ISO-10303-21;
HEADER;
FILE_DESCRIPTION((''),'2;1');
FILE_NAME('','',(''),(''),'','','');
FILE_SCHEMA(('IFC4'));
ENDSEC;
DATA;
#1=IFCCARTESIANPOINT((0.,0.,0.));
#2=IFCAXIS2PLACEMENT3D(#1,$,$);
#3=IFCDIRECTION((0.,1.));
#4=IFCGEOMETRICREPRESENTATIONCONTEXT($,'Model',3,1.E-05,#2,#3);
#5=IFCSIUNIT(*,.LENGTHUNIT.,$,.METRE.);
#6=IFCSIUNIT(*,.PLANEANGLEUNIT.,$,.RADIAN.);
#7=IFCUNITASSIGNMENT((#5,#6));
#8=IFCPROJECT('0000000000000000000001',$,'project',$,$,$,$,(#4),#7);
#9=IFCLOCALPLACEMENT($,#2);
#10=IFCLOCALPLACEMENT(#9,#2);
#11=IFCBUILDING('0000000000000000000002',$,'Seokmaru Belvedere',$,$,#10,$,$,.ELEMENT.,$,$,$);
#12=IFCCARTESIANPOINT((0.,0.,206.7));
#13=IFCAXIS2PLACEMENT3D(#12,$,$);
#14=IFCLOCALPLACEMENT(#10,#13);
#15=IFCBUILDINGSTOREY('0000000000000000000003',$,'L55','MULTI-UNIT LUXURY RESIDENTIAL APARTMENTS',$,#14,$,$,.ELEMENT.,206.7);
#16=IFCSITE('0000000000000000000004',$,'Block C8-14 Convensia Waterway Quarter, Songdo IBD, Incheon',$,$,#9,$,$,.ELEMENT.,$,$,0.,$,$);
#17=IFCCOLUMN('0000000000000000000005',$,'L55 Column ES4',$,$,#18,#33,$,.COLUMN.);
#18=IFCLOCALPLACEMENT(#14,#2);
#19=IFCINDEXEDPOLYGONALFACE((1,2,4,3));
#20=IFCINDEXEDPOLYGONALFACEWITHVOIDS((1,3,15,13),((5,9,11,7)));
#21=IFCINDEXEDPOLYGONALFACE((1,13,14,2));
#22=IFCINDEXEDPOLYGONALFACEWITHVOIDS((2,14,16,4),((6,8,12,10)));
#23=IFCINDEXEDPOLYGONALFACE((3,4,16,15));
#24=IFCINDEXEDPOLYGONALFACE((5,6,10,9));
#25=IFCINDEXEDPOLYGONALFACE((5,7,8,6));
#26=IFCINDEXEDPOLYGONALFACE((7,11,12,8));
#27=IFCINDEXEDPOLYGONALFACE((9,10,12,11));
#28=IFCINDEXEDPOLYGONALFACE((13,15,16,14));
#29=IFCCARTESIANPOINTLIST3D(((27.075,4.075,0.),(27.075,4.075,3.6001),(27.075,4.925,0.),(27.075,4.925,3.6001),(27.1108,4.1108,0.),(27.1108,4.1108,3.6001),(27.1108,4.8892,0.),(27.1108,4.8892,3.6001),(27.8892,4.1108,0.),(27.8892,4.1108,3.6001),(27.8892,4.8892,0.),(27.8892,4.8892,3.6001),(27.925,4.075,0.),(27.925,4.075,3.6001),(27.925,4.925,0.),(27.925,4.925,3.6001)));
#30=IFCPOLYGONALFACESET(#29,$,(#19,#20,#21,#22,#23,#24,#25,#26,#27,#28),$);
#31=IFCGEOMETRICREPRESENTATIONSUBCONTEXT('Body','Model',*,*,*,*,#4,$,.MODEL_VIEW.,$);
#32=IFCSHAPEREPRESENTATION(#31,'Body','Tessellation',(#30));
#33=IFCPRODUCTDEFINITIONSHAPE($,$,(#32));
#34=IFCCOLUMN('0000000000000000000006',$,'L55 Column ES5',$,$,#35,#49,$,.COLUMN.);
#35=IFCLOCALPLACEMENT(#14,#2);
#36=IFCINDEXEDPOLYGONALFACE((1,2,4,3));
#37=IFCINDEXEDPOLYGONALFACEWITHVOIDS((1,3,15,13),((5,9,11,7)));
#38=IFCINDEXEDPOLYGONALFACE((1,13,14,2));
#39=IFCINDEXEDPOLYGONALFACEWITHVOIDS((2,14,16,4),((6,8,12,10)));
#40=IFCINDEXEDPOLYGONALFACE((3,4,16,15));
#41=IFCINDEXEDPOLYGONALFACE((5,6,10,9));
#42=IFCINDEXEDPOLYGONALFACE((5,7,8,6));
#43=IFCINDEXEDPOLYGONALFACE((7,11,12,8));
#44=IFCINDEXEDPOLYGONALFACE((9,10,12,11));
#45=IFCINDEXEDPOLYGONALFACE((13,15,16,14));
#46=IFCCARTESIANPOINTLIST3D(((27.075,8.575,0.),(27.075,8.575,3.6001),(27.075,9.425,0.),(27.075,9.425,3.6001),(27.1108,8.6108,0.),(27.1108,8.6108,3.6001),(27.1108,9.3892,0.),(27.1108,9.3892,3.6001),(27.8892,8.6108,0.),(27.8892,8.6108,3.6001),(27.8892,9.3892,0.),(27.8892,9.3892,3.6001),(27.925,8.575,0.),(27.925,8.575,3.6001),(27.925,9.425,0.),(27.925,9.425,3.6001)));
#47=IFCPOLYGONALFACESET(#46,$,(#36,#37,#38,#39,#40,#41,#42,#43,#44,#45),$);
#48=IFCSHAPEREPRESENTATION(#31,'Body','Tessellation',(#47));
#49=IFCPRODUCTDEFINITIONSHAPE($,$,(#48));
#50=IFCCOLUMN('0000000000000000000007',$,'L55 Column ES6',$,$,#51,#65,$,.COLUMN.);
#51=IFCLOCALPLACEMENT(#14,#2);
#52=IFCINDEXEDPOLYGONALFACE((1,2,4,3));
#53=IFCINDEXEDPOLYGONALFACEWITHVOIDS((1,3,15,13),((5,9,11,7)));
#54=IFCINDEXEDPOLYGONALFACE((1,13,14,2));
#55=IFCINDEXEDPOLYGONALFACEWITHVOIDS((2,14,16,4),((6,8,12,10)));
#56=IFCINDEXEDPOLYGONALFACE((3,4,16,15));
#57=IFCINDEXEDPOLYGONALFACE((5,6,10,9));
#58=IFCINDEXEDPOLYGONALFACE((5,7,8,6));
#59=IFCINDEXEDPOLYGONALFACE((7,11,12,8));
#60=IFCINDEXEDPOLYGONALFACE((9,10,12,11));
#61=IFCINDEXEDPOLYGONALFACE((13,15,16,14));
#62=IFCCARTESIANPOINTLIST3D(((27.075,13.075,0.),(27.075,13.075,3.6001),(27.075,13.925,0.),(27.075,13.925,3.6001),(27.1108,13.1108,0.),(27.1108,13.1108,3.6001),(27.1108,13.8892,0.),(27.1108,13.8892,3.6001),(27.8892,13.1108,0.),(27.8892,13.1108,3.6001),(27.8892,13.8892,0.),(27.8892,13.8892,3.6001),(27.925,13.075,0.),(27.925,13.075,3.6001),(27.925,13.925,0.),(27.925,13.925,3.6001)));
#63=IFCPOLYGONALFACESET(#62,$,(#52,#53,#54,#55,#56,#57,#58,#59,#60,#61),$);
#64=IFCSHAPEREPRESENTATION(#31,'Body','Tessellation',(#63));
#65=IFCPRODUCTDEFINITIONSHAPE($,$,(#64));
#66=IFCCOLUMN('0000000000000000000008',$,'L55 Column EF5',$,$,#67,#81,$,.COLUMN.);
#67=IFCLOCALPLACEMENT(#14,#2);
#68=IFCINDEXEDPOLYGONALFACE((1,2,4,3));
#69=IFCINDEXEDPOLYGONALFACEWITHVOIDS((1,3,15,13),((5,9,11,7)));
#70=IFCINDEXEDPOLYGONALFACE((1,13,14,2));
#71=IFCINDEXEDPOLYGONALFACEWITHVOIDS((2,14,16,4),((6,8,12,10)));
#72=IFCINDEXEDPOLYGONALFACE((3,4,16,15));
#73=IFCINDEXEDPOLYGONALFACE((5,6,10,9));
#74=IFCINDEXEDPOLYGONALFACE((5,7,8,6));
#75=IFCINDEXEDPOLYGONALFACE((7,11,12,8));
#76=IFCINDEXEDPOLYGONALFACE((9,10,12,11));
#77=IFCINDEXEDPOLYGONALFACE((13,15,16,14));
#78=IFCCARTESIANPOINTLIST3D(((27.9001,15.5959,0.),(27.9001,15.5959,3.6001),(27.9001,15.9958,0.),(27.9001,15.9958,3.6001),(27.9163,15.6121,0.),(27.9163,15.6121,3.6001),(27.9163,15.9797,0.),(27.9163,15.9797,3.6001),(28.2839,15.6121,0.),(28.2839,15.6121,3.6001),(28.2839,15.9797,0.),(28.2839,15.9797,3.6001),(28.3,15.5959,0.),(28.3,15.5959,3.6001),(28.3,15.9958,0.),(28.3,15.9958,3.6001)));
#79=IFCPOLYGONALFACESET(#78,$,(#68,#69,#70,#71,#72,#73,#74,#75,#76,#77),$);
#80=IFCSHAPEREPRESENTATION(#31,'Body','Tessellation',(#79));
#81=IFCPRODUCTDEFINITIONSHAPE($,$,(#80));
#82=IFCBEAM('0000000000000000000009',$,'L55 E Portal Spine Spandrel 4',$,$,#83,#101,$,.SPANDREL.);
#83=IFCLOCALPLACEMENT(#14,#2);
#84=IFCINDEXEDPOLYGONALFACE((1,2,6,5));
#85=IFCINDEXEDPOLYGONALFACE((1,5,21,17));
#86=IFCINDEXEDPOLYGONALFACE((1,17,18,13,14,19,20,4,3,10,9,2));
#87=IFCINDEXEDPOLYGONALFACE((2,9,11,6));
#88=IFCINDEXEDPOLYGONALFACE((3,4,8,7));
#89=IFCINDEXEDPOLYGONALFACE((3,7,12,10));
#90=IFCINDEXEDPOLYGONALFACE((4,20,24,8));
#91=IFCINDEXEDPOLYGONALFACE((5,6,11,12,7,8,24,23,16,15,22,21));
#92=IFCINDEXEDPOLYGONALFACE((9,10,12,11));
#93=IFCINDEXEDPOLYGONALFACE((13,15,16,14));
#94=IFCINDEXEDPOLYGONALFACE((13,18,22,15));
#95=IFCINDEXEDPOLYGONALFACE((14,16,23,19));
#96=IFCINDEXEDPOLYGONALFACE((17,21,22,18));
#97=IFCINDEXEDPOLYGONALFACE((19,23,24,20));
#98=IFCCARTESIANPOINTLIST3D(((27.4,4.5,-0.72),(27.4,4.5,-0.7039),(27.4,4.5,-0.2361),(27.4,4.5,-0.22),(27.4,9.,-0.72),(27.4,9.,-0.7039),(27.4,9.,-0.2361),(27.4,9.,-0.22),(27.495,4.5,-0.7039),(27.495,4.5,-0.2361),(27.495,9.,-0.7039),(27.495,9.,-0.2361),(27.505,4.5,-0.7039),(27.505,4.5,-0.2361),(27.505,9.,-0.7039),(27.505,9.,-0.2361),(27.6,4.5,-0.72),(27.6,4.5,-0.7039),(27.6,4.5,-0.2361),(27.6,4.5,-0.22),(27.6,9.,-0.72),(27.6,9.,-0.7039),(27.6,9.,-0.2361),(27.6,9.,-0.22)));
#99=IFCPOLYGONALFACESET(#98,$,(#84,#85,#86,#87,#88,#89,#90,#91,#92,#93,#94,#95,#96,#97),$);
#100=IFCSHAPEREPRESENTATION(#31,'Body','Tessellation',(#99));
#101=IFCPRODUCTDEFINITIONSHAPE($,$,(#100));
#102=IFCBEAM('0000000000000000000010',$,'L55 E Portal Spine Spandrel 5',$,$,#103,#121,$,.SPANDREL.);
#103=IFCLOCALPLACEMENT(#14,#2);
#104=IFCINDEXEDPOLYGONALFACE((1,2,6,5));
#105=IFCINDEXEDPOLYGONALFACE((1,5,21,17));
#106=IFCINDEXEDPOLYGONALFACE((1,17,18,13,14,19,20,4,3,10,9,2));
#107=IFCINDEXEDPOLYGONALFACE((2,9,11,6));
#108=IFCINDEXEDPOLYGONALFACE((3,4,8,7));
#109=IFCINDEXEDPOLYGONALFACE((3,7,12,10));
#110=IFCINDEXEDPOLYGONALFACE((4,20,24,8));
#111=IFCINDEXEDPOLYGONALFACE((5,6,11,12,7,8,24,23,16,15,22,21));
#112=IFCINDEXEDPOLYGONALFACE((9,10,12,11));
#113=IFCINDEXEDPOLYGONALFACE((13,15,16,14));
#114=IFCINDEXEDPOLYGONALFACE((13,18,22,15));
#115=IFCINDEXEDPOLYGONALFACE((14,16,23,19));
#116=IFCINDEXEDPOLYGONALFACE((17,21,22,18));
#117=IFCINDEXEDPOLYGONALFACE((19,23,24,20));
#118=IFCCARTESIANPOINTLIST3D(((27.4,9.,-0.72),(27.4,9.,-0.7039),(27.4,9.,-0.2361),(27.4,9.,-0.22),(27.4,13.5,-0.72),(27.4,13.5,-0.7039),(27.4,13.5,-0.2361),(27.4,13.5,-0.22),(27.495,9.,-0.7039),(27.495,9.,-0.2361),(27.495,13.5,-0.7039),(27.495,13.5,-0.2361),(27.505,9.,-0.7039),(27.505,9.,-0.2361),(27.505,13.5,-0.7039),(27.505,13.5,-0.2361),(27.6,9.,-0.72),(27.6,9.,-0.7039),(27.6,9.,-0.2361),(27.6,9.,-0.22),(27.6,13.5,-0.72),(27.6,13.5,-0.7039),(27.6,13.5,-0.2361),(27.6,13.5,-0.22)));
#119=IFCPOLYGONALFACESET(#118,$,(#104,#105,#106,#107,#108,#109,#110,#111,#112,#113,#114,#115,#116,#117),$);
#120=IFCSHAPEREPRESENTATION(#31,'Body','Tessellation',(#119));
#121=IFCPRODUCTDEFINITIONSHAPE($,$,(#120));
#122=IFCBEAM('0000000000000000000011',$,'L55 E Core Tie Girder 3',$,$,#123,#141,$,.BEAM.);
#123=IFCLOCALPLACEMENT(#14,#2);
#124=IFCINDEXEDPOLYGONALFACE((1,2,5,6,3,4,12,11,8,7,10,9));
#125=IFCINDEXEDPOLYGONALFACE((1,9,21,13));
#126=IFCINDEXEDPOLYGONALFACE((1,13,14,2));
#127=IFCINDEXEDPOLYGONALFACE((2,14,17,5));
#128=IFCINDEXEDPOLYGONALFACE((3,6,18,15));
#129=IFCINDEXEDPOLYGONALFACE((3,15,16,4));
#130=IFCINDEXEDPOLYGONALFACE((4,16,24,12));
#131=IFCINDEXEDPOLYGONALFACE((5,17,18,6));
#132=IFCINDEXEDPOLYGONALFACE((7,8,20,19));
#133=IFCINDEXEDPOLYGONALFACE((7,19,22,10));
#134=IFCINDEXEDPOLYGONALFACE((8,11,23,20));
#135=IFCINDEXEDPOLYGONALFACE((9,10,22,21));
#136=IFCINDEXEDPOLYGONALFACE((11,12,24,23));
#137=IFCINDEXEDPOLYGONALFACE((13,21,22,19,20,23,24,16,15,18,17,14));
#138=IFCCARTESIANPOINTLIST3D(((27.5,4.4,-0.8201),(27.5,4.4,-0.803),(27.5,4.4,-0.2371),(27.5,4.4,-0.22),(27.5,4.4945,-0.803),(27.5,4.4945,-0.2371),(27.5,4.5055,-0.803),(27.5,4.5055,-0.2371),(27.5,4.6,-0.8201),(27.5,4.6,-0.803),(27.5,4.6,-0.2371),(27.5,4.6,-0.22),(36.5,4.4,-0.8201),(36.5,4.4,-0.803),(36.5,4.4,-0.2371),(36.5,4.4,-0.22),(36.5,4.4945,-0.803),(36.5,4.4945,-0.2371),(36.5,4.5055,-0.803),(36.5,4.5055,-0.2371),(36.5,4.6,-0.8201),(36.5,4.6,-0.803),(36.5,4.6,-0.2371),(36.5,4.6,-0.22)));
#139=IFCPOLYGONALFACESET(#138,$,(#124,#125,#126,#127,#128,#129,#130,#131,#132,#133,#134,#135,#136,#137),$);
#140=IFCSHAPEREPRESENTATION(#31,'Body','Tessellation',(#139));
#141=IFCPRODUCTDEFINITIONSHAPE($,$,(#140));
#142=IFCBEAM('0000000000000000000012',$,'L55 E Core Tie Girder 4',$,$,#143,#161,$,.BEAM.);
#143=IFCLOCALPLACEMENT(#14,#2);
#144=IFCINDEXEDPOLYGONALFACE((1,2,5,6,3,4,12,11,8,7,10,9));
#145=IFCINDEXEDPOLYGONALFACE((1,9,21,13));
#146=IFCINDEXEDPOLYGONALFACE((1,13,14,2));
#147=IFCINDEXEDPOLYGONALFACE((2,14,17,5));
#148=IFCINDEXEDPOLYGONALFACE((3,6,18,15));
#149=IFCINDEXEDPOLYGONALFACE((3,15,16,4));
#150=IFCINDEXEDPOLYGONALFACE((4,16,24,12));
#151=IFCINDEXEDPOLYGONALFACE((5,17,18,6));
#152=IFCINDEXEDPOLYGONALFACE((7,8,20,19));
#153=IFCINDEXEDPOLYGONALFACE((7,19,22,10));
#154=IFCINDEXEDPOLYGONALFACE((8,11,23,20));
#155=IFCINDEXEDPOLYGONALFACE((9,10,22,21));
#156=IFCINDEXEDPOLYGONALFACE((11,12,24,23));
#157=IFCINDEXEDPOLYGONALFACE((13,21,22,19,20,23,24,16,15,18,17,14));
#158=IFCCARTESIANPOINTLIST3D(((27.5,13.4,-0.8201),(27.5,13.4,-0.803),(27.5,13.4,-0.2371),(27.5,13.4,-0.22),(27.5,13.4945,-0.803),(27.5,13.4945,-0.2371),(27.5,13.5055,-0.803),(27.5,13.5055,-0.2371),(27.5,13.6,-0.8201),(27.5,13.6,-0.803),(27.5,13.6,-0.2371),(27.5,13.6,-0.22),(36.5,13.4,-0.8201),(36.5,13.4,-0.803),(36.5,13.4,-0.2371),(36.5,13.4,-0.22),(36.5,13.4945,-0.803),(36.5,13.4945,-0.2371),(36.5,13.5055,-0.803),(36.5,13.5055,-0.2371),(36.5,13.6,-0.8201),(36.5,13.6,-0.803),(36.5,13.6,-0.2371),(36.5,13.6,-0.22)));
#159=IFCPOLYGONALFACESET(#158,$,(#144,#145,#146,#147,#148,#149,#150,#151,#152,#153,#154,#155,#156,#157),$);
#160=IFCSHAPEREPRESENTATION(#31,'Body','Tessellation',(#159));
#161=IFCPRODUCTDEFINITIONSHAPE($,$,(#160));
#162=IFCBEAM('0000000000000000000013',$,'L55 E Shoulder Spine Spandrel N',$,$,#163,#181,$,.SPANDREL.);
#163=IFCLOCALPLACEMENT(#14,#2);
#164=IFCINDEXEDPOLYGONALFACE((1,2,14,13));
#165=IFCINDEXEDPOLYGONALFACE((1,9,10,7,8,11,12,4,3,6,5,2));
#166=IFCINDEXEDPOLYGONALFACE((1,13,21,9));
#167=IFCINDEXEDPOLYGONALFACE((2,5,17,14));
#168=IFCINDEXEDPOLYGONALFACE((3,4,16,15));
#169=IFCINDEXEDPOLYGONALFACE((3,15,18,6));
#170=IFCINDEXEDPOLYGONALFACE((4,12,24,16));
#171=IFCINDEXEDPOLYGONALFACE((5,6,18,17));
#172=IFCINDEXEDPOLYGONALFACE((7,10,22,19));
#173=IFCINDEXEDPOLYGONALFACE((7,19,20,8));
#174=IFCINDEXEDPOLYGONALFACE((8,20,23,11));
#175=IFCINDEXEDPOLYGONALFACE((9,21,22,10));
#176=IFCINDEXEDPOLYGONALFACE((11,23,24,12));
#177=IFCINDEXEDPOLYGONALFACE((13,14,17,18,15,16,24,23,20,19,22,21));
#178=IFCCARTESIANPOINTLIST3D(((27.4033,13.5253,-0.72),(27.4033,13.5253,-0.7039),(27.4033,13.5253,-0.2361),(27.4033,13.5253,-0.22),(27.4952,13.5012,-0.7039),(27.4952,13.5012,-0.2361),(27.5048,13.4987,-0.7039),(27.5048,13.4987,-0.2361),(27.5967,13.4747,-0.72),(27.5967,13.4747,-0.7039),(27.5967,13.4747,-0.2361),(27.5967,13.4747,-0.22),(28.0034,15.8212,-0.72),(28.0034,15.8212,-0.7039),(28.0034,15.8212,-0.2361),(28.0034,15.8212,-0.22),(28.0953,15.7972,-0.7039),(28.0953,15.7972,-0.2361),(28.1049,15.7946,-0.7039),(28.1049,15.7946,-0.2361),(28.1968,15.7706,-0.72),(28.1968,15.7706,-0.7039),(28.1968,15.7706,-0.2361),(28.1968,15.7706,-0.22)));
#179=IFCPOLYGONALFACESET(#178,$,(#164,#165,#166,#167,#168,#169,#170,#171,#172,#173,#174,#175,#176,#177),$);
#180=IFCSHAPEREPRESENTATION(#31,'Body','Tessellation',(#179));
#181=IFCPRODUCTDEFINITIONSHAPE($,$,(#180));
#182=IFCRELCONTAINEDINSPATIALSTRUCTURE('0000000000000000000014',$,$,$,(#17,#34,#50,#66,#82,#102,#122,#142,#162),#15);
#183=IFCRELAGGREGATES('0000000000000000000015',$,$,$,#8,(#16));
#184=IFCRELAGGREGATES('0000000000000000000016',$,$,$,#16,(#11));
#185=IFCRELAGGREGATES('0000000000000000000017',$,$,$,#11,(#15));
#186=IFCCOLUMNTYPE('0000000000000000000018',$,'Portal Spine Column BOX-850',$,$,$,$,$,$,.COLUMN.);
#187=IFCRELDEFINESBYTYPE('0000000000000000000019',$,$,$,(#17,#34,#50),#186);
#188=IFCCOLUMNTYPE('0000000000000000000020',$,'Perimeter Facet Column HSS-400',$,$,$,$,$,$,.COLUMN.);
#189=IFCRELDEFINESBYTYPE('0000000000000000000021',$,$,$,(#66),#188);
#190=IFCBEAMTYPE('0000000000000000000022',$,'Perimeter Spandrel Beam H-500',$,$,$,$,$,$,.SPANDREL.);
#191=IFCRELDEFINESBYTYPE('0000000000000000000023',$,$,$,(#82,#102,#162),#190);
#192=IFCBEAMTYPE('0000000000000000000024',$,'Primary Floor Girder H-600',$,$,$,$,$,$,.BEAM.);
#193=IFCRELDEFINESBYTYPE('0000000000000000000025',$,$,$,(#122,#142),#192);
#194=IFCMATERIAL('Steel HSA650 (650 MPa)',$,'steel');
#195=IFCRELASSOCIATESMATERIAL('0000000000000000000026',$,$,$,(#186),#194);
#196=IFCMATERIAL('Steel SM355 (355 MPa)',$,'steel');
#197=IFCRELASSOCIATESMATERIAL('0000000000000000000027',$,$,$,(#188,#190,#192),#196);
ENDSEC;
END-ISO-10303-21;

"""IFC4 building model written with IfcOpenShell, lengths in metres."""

from ifc_helpers import new_model, si_unit, direction, frame, origin, origin_2d, place, context, subcontext, project, spatial, hollow_rectangle, i_section, extrude, source, transform, mapped, material, material_profile, profile_set, type_object, type_shapes, element, save


model = new_model("IFC4")

# Units and contexts
model_context = context("Model", 3, precision=1e-05, world=origin(), true_north=direction((0.0, 1.0)))
body_context = subcontext(model_context, "Body", "Model", "MODEL_VIEW")
ifc_project = project(units=[si_unit("LENGTHUNIT", "METRE"), si_unit("PLANEANGLEUNIT", "RADIAN")], contexts=[model_context])

# Site, building, storey
site_placement = place(None, origin())
site = spatial("IfcSite", under=ifc_project, at=site_placement, Name="Block C8-14 Convensia Waterway Quarter, Songdo IBD, Incheon", CompositionType="ELEMENT", RefElevation=0.0)
building_placement = place(site_placement, origin())
building = spatial("IfcBuilding", under=site, at=building_placement, Name="Seokmaru Belvedere", CompositionType="ELEMENT")
storey_placement = place(building_placement, frame((0.0, 0.0, 206.7)))
storey = spatial("IfcBuildingStorey", under=building, at=storey_placement, Name="L55", Description="MULTI-UNIT LUXURY RESIDENTIAL APARTMENTS", CompositionType="ELEMENT", Elevation=206.7)

# Columns
ifc_material_1 = material(Name="Steel HSA650 (650 MPa)", Category="steel")
ifc_material_profile_1 = material_profile(ifc_material_1, hollow_rectangle(XDim=0.8501, YDim=0.8501, WallThickness=0.0359, at=origin_2d()), Name="BOX-850x850x36")
ifc_profile_set_1 = profile_set([ifc_material_profile_1], Name="Steel HSA650 (650 MPa)")
column_type_1 = type_object("IfcColumnType", Name="Portal Spine Column BOX-850", PredefinedType="COLUMN", material=ifc_profile_set_1)
shared_shape_1 = source(origin(), body_context, "Body", "SweptSolid", [
    extrude(hollow_rectangle(XDim=0.8501, YDim=0.8501, WallThickness=0.0359, at=origin_2d()), origin(), (0.0, 0.0, 1.0), 3.6001),
])
type_shapes(column_type_1, [shared_shape_1])
for number, where, z_axis, x_axis, name in (
    (1, (27.5, 4.5, 0.0), (0.0, 0.0, 1.0), (1.0, 0.0, 0.0), "L55 Column ES4"),
    (2, (27.5, 9.0, 0.0), (0.0, 0.0, 1.0), (1.0, 0.0, 0.0), "L55 Column ES5"),
    (3, (27.5, 13.5, 0.0), (0.0, 0.0, 1.0), (1.0, 0.0, 0.0), "L55 Column ES6"),
):
    element("IfcColumn", number, at=place(storey_placement, frame(where, z_axis=z_axis, x_axis=x_axis)), inside=storey, type_object=column_type_1, Name=name, PredefinedType="COLUMN", context=body_context, shape_type="MappedRepresentation", body=[
        mapped(shared_shape_1, transform((0.0, 0.0, 0.0), scale=1.0)),
    ])
ifc_material_2 = material(Name="Steel SM355 (355 MPa)", Category="steel")
ifc_material_profile_2 = material_profile(ifc_material_2, hollow_rectangle(XDim=0.3999, YDim=0.3999, WallThickness=0.0161, at=origin_2d()), Name="HSS-400x400x16")
ifc_profile_set_2 = profile_set([ifc_material_profile_2], Name="Steel SM355 (355 MPa)")
column_type_2 = type_object("IfcColumnType", Name="Perimeter Facet Column HSS-400", PredefinedType="COLUMN", material=ifc_profile_set_2)
shared_shape_2 = source(origin(), body_context, "Body", "SweptSolid", [
    extrude(hollow_rectangle(XDim=0.3999, YDim=0.3999, WallThickness=0.0161, at=origin_2d()), origin(), (0.0, 0.0, 1.0), 3.6001),
])
type_shapes(column_type_2, [shared_shape_2])
column_placement = place(storey_placement, frame((28.1001, 15.7959, 0.0), z_axis=(0.0, 0.0, 1.0), x_axis=(1.0, 0.0, 0.0)))
element("IfcColumn", 4, at=column_placement, inside=storey, type_object=column_type_2, Name="L55 Column EF5", PredefinedType="COLUMN", context=body_context, shape_type="MappedRepresentation", body=[
    mapped(shared_shape_2, transform((0.0, 0.0, 0.0), scale=1.0)),
])

# Beams
ifc_material_profile_3 = material_profile(ifc_material_2, i_section(OverallWidth=0.2, OverallDepth=0.5, WebThickness=0.01, FlangeThickness=0.0161, at=origin_2d()), Name="H-500x200x10x16")
ifc_profile_set_3 = profile_set([ifc_material_profile_3], Name="Steel SM355 (355 MPa)")
beam_type_1 = type_object("IfcBeamType", Name="Perimeter Spandrel Beam H-500", PredefinedType="SPANDREL", material=ifc_profile_set_3)
shared_shape_3 = source(origin(), body_context, "Body", "SweptSolid", [
    extrude(i_section(OverallWidth=0.2, OverallDepth=0.5, WebThickness=0.01, FlangeThickness=0.0161, at=origin_2d()), origin(), (0.0, 0.0, 1.0), 4.5),
])
for number, where, z_axis, x_axis, name in (
    (5, (27.5, 4.5, -0.47), (0.0, 1.0, 0.0), (-1.0, 0.0, 0.0), "L55 E Portal Spine Spandrel 4"),
    (6, (27.5, 9.0, -0.47), (0.0, 1.0, 0.0), (-1.0, 0.0, 0.0), "L55 E Portal Spine Spandrel 5"),
):
    element("IfcBeam", number, at=place(storey_placement, frame(where, z_axis=z_axis, x_axis=x_axis)), inside=storey, type_object=beam_type_1, Name=name, PredefinedType="SPANDREL", context=body_context, shape_type="MappedRepresentation", body=[
        mapped(shared_shape_3, transform((0.0, 0.0, 0.0), scale=1.0)),
    ])
ifc_material_profile_4 = material_profile(ifc_material_2, i_section(OverallWidth=0.2, OverallDepth=0.6001, WebThickness=0.011, FlangeThickness=0.0171, at=origin_2d()), Name="H-600x200x11x17")
ifc_profile_set_4 = profile_set([ifc_material_profile_4], Name="Steel SM355 (355 MPa)")
beam_type_2 = type_object("IfcBeamType", Name="Primary Floor Girder H-600", PredefinedType="BEAM", material=ifc_profile_set_4)
shared_shape_4 = source(origin(), body_context, "Body", "SweptSolid", [
    extrude(i_section(OverallWidth=0.2, OverallDepth=0.6001, WebThickness=0.011, FlangeThickness=0.0171, at=origin_2d()), origin(), (0.0, 0.0, 1.0), 9.0),
])
type_shapes(beam_type_2, [shared_shape_4])
for number, where, z_axis, x_axis, name in (
    (7, (27.5, 4.5, -0.52), (1.0, 0.0, 0.0), (0.0, 1.0, 0.0), "L55 E Core Tie Girder 3"),
    (8, (27.5, 13.5, -0.52), (1.0, 0.0, 0.0), (0.0, 1.0, 0.0), "L55 E Core Tie Girder 4"),
):
    element("IfcBeam", number, at=place(storey_placement, frame(where, z_axis=z_axis, x_axis=x_axis)), inside=storey, type_object=beam_type_2, Name=name, PredefinedType="BEAM", context=body_context, shape_type="MappedRepresentation", body=[
        mapped(shared_shape_4, transform((0.0, 0.0, 0.0), scale=1.0)),
    ])
shared_shape_5 = source(origin(), body_context, "Body", "SweptSolid", [
    extrude(i_section(OverallWidth=0.2, OverallDepth=0.5, WebThickness=0.01, FlangeThickness=0.0161, at=origin_2d()), origin(), (0.0, 0.0, 1.0), 2.373),
])
type_shapes(beam_type_1, [shared_shape_3, shared_shape_5])
beam_placement = place(storey_placement, frame((28.1001, 15.7959, -0.47), z_axis=(-0.252883, -0.967497, 0.0), x_axis=(0.967497, -0.252883, 0.0)))
element("IfcBeam", 9, at=beam_placement, inside=storey, type_object=beam_type_1, Name="L55 E Shoulder Spine Spandrel N", PredefinedType="SPANDREL", context=body_context, shape_type="MappedRepresentation", body=[
    mapped(shared_shape_5, transform((0.0, 0.0, 0.0), scale=1.0)),
])

save(model, "model.ifc")
